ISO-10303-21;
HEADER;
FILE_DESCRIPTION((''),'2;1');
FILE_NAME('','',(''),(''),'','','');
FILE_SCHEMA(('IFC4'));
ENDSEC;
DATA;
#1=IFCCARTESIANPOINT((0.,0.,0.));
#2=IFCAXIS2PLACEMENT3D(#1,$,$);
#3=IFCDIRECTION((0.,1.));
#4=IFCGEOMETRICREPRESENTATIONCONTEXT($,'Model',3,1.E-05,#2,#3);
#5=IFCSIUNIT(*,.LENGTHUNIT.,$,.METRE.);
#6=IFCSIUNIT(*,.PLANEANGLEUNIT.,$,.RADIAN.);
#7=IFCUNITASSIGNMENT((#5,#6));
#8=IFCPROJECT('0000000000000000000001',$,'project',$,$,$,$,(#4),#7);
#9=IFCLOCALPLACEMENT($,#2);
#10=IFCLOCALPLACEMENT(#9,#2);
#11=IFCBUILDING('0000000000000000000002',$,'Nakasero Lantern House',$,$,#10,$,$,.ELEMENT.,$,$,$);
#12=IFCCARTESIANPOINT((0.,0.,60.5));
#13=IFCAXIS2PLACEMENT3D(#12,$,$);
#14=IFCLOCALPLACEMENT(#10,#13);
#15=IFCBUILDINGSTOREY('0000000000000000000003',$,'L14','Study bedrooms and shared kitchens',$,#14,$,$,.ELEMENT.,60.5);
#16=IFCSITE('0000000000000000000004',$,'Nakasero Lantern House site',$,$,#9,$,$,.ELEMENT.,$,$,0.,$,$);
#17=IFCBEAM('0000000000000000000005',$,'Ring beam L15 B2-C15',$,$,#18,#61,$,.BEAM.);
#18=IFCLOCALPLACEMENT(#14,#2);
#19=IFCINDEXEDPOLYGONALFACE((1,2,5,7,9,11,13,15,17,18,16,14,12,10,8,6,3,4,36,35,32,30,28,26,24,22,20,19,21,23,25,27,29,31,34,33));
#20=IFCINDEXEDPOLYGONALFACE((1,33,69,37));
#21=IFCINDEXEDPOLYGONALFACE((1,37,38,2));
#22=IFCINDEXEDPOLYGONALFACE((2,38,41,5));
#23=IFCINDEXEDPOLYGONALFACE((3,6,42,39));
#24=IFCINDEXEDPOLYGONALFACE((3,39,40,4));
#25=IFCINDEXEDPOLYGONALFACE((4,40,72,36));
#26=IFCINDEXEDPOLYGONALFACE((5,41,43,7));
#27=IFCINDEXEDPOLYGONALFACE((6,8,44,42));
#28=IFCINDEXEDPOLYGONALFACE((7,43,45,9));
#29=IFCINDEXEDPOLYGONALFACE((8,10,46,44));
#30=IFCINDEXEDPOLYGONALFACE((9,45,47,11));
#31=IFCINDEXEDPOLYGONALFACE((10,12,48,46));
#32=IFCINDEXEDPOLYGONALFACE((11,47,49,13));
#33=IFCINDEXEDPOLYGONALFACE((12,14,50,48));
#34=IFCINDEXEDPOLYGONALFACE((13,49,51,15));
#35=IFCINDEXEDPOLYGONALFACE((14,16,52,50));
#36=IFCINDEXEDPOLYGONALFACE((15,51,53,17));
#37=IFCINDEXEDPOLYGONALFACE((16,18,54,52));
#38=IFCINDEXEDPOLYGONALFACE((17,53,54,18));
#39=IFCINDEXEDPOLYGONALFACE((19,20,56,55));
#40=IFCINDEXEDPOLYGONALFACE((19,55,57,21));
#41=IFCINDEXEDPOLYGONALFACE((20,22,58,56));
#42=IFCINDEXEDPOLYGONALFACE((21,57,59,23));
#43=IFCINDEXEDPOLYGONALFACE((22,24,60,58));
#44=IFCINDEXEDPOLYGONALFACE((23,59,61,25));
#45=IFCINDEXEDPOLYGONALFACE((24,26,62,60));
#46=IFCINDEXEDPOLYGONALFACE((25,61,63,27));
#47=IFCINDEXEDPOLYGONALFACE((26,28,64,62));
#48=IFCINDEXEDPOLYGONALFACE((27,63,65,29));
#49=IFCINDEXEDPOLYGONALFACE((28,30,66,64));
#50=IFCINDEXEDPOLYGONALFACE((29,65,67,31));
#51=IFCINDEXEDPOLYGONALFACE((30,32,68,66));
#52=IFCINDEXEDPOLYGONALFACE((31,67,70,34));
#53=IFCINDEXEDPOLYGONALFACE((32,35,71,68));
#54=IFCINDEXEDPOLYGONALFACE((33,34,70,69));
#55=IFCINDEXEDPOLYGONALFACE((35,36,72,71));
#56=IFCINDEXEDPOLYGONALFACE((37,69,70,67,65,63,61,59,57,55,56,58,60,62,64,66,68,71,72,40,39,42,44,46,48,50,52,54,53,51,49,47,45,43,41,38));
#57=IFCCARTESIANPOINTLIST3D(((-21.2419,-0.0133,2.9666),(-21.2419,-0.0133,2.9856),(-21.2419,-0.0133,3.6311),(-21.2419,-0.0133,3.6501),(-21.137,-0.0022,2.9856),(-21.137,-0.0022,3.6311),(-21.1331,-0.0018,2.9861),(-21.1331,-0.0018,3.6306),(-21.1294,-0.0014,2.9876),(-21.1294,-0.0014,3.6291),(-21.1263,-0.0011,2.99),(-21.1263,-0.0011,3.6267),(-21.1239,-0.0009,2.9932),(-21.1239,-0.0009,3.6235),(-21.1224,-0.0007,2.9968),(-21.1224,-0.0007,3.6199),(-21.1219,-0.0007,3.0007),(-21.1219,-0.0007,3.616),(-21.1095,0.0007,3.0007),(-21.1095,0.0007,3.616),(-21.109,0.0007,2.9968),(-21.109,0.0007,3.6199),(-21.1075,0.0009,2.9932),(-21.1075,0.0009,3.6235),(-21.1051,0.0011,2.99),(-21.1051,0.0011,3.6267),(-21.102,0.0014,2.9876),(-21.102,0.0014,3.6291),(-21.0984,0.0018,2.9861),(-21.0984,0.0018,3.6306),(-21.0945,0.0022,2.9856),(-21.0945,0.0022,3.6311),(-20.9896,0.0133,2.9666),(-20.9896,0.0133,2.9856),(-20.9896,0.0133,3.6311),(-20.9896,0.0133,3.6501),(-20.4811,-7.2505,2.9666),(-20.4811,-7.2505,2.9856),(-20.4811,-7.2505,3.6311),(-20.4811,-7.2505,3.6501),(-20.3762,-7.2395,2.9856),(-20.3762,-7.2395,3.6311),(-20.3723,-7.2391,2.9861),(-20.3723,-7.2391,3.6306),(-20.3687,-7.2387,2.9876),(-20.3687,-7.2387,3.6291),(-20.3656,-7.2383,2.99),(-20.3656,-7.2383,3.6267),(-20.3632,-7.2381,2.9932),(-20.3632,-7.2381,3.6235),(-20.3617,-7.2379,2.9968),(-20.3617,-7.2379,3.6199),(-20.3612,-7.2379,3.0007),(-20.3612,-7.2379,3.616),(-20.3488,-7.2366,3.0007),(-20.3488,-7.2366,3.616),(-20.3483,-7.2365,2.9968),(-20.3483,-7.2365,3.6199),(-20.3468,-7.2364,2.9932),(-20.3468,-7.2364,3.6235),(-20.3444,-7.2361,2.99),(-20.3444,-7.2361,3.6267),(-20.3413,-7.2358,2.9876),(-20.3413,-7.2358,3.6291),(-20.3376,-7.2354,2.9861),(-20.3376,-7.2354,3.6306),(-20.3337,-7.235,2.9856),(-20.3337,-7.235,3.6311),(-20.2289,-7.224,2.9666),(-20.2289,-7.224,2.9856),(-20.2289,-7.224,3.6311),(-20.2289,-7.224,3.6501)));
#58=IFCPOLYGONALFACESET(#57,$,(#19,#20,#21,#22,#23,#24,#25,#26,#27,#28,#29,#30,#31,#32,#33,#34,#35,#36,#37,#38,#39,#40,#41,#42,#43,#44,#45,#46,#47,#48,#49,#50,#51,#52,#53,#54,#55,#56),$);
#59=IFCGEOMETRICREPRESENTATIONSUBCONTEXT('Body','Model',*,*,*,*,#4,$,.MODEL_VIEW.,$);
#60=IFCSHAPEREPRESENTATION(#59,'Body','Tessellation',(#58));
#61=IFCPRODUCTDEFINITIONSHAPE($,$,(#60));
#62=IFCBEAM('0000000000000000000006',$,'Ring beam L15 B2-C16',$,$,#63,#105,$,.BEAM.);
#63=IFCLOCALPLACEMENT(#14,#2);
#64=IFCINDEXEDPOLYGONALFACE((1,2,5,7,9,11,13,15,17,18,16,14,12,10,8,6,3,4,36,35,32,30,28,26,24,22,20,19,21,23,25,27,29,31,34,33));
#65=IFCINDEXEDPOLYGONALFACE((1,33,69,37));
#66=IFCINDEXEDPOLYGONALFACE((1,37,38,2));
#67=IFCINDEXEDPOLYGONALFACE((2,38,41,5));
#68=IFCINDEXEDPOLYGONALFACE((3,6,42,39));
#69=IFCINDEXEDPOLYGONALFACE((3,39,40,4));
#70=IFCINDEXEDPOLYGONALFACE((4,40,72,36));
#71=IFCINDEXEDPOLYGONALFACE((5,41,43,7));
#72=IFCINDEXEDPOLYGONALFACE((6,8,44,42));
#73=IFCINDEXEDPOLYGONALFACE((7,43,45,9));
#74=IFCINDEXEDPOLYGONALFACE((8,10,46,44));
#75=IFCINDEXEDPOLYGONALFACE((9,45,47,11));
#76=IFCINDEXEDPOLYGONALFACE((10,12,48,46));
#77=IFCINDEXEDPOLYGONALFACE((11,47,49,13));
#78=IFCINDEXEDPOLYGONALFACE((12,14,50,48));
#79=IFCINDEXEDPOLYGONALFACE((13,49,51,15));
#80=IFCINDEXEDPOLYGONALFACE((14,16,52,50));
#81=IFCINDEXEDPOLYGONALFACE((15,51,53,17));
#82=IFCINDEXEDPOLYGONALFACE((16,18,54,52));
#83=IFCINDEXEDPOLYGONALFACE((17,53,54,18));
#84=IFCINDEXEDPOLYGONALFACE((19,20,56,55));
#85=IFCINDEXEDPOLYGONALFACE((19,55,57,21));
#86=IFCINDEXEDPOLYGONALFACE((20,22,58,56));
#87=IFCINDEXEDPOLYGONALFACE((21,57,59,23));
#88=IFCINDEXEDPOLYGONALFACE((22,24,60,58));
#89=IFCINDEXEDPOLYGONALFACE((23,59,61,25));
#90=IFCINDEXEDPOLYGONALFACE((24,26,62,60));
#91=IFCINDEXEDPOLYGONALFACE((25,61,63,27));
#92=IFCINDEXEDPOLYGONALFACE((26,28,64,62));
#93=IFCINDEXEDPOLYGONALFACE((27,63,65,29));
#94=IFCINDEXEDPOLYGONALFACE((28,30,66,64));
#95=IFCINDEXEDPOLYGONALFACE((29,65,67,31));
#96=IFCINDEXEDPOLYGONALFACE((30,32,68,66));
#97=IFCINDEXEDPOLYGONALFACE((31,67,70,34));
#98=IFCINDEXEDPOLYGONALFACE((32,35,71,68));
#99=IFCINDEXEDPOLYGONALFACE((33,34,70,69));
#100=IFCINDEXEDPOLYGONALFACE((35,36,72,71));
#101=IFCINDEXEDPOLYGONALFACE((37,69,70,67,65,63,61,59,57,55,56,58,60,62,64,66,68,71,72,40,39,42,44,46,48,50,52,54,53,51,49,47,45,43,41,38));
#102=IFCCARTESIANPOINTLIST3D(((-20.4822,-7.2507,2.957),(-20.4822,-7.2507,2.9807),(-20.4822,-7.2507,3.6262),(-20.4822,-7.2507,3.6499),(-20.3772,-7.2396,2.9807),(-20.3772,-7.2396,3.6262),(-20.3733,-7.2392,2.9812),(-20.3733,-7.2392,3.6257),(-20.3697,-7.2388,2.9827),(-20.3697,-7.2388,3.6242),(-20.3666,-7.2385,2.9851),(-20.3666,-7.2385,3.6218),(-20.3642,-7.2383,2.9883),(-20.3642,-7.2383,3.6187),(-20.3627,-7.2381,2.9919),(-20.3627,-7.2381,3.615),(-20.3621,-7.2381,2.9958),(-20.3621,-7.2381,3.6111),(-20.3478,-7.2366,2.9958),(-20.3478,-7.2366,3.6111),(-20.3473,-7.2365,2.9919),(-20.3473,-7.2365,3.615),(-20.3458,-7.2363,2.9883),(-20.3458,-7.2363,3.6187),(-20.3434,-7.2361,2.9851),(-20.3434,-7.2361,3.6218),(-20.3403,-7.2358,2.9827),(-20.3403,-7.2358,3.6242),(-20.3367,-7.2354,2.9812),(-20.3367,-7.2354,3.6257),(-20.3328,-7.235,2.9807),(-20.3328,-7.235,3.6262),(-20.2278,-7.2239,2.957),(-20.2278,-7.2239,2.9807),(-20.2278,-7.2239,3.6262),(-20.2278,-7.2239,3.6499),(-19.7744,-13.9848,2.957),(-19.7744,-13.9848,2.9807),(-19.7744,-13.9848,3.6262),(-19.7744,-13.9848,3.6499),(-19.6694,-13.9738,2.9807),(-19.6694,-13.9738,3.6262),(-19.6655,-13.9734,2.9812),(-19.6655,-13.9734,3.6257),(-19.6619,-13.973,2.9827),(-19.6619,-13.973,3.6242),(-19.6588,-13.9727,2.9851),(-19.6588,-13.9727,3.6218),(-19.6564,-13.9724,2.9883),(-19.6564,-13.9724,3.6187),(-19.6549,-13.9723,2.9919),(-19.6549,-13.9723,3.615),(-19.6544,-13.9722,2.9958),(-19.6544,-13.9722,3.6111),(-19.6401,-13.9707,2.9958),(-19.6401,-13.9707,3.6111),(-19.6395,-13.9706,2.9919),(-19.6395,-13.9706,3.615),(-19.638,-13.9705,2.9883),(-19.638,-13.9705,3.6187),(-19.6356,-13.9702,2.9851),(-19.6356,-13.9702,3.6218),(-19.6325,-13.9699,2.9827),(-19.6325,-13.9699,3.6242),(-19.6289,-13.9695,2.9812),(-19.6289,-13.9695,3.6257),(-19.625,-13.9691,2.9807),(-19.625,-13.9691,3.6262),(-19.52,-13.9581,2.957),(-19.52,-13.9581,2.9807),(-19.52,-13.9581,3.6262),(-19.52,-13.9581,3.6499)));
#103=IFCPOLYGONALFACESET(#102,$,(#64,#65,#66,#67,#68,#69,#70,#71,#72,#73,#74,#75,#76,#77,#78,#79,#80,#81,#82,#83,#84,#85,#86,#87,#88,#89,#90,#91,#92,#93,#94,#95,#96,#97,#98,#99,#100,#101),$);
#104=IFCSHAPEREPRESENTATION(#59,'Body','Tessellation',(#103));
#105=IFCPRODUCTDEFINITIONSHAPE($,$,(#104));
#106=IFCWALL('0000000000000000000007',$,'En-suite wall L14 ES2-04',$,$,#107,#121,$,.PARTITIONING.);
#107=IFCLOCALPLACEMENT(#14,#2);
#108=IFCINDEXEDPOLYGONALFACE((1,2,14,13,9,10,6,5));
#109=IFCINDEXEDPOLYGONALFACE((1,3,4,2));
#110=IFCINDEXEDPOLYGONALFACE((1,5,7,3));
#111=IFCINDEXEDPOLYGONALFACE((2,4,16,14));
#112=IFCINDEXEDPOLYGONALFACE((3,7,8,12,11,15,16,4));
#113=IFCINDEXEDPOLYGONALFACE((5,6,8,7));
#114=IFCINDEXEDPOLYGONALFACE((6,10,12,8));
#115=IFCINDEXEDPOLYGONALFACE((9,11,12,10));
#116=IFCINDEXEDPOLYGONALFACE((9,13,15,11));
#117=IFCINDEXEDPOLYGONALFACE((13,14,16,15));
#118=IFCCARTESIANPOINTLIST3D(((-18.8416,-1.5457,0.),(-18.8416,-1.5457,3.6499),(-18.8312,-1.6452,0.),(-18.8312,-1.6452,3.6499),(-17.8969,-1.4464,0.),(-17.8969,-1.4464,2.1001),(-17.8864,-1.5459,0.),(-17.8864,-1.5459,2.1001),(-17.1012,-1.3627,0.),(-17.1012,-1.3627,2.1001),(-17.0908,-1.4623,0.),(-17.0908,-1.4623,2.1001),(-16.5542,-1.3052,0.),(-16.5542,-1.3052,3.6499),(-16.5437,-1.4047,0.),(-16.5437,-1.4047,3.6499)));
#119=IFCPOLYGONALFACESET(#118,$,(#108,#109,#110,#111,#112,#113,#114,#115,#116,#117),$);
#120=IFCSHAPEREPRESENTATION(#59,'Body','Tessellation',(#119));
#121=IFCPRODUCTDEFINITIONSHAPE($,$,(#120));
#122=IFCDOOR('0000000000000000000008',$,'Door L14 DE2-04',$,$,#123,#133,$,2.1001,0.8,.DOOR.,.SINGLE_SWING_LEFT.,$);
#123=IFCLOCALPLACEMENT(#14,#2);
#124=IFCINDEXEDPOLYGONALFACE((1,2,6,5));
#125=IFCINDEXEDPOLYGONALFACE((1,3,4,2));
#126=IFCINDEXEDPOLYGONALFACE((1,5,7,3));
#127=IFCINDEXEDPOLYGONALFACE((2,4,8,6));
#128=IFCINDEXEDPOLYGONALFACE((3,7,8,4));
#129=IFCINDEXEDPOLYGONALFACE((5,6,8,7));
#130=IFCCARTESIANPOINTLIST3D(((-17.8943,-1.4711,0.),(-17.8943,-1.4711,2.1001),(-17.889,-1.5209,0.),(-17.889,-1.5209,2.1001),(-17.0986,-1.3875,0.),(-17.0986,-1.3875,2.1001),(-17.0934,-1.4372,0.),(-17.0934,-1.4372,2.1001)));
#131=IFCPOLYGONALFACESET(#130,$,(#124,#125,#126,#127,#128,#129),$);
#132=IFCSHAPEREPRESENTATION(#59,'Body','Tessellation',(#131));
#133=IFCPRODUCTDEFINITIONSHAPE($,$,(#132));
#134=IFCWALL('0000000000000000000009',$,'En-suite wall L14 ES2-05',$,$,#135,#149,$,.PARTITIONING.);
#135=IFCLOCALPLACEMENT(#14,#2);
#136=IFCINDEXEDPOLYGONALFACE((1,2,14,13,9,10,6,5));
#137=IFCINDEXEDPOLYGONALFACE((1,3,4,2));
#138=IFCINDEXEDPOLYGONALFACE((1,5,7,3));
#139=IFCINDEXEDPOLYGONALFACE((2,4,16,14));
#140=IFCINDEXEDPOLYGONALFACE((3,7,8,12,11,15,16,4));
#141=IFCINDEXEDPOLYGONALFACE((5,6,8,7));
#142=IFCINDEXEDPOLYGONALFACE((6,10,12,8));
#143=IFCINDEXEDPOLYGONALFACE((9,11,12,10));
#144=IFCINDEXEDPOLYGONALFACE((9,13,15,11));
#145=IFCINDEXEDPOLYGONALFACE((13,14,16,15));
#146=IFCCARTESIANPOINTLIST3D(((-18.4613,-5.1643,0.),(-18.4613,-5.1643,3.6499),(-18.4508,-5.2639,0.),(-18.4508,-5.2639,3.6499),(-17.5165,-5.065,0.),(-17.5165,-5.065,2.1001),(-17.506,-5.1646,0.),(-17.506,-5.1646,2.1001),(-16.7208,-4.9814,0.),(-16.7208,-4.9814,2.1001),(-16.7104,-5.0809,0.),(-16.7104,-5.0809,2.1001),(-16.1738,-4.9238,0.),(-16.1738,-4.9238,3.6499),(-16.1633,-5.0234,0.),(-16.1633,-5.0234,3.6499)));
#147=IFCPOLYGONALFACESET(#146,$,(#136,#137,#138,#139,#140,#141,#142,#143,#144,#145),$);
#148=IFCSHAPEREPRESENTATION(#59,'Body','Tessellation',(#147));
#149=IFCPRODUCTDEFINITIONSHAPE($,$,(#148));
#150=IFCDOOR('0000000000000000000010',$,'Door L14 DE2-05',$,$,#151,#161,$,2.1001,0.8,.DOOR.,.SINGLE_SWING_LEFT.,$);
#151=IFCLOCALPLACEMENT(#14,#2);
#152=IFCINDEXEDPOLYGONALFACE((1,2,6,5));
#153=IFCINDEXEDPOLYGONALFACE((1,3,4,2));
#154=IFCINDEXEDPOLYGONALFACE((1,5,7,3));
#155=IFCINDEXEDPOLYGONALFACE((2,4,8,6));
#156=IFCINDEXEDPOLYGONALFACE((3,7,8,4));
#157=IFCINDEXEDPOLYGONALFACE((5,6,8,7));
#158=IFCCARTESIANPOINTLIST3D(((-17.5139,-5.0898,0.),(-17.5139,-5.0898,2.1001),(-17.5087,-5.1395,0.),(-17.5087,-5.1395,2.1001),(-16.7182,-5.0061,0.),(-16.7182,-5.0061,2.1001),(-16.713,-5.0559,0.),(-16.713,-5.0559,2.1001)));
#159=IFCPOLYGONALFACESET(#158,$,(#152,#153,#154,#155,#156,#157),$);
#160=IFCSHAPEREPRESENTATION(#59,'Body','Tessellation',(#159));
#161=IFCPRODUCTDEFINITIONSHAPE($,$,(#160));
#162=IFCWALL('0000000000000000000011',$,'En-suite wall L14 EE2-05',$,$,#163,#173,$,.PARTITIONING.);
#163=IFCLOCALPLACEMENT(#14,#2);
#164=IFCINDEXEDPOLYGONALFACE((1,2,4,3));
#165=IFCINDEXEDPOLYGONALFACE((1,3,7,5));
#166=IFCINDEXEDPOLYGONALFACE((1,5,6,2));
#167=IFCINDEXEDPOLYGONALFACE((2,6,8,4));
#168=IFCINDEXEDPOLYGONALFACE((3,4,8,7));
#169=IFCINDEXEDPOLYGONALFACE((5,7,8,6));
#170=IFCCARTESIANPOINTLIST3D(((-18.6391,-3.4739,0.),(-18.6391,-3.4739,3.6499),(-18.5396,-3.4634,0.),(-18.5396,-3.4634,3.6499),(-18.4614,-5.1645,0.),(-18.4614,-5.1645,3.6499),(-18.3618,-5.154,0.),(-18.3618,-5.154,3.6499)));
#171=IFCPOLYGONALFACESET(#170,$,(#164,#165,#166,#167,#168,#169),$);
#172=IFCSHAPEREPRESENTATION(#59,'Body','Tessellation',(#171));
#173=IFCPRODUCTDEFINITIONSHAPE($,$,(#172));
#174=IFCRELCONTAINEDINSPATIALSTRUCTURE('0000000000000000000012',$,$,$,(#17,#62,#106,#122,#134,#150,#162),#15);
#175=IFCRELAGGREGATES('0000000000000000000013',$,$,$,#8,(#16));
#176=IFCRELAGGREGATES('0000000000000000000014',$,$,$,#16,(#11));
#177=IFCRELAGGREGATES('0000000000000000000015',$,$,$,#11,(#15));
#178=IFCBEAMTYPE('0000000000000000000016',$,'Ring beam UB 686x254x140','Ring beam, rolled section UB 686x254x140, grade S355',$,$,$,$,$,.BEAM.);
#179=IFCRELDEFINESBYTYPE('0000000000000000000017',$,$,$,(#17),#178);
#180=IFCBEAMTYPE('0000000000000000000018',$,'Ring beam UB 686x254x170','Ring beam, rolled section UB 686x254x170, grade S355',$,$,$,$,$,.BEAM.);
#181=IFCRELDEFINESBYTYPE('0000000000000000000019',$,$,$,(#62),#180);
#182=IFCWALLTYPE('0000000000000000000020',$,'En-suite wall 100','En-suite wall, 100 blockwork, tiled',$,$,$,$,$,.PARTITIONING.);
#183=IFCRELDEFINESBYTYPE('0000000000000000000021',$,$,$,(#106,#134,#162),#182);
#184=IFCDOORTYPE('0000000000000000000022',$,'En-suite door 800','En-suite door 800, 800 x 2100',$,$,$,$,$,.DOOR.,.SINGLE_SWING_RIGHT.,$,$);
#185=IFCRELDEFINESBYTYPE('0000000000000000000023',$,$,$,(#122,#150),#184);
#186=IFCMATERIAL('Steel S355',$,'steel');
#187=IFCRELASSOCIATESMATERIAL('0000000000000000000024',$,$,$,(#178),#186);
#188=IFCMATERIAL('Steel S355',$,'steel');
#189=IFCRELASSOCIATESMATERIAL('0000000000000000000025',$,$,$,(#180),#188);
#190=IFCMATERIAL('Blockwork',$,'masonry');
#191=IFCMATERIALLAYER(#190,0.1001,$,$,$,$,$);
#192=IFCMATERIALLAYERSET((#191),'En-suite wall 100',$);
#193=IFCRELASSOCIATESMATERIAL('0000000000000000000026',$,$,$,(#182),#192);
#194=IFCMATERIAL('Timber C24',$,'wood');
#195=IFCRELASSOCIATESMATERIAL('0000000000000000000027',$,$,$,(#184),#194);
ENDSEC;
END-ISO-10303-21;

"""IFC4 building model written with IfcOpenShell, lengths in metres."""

from ifc_helpers import new_model, si_unit, direction, frame, frame_2d, origin, origin_2d, place, context, subcontext, project, spatial, rectangle, i_section, extrude, material, layer, layer_set, material_profile, profile_set, type_object, element, fill, save


model = new_model("IFC4")

# Units and contexts
model_context = context("Model", 3, precision=1e-05, world=origin(), true_north=direction((0.0, 1.0)))
body_context = subcontext(model_context, "Body", "Model", "MODEL_VIEW")
ifc_project = project(units=[si_unit("LENGTHUNIT", "METRE"), si_unit("PLANEANGLEUNIT", "RADIAN")], contexts=[model_context])

# Site, building, storey
site_placement = place(None, origin())
site = spatial("IfcSite", under=ifc_project, at=site_placement, Name="Nakasero Lantern House site", CompositionType="ELEMENT", RefElevation=0.0)
building_placement = place(site_placement, origin())
building = spatial("IfcBuilding", under=site, at=building_placement, Name="Nakasero Lantern House", CompositionType="ELEMENT")
storey_placement = place(building_placement, frame((0.0, 0.0, 60.5)))
storey = spatial("IfcBuildingStorey", under=building, at=storey_placement, Name="L14", Description="Study bedrooms and shared kitchens", CompositionType="ELEMENT", Elevation=60.5)

# Beams
ifc_material_1 = material(Name="Steel S355", Category="steel")
ifc_material_profile_1 = material_profile(ifc_material_1, i_section(OverallWidth=0.2537, OverallDepth=0.6836, WebThickness=0.0125, FlangeThickness=0.019, FilletRadius=0.0151, at=origin_2d()), Name="UB 686x254x140")
ifc_profile_set_1 = profile_set([ifc_material_profile_1], Name="Steel S355")
beam_type_1 = type_object("IfcBeamType", Name="Ring beam UB 686x254x140", Description="Ring beam, rolled section UB 686x254x140, grade S355", PredefinedType="BEAM", material=ifc_profile_set_1)
beam_1_placement = place(storey_placement, frame((-21.1157, 0.0, 3.3083), z_axis=(0.104538, -0.994521, 0.0), x_axis=(0.994521, 0.104538, 0.0)))
element("IfcBeam", 1, at=beam_1_placement, inside=storey, type_object=beam_type_1, Name="Ring beam L15 B2-C15", PredefinedType="BEAM", context=body_context, shape_type="SweptSolid", body=[
    extrude(i_section(OverallWidth=0.2537, OverallDepth=0.6836, WebThickness=0.0125, FlangeThickness=0.019, FilletRadius=0.0151, at=origin_2d()), origin(), (0.0, 0.0, 1.0), 7.2771),
])
ifc_material_2 = material(Name="Steel S355", Category="steel")
ifc_material_profile_2 = material_profile(ifc_material_2, i_section(OverallWidth=0.2559, OverallDepth=0.6929, WebThickness=0.0144, FlangeThickness=0.0237, FilletRadius=0.0151, at=origin_2d()), Name="UB 686x254x170")
ifc_profile_set_2 = profile_set([ifc_material_profile_2], Name="Steel S355")
beam_type_2 = type_object("IfcBeamType", Name="Ring beam UB 686x254x170", Description="Ring beam, rolled section UB 686x254x170, grade S355", PredefinedType="BEAM", material=ifc_profile_set_2)
beam_2_placement = place(storey_placement, frame((-20.355, -7.2373, 3.3035), z_axis=(0.104525, -0.994522, 0.0), x_axis=(0.994522, 0.104525, 0.0)))
element("IfcBeam", 2, at=beam_2_placement, inside=storey, type_object=beam_type_2, Name="Ring beam L15 B2-C16", PredefinedType="BEAM", context=body_context, shape_type="SweptSolid", body=[
    extrude(i_section(OverallWidth=0.2559, OverallDepth=0.6929, WebThickness=0.0144, FlangeThickness=0.0237, FilletRadius=0.0151, at=origin_2d()), origin(), (0.0, 0.0, 1.0), 6.7712),
])

# Walls, openings, doors
ifc_material_3 = material(Name="Blockwork", Category="masonry")
ifc_layer_1 = layer(ifc_material_3, 0.1001)
ifc_layer_set_1 = layer_set([ifc_layer_1], Name="En-suite wall 100")
wall_type_1 = type_object("IfcWallType", Name="En-suite wall 100", Description="En-suite wall, 100 blockwork, tiled", PredefinedType="PARTITIONING", material=ifc_layer_set_1)
wall_1_placement = place(storey_placement, frame((-16.5491, -1.355, 0.0), z_axis=(0.0, 0.0, 1.0), x_axis=(-0.994519, -0.104558, 0.0)))
wall_1 = element("IfcWall", 3, at=wall_1_placement, inside=storey, type_object=wall_type_1, Name="En-suite wall L14 ES2-04", PredefinedType="PARTITIONING", context=body_context, shape_type="SweptSolid", body=[
    extrude(rectangle(XDim=2.3, YDim=0.1001, at=frame_2d((1.1499, 0.0))), origin(), (0.0, 0.0, 1.0), 3.6499),
])
opening_1_placement = place(wall_1_placement, frame((0.55, 0.0, 0.0)))
opening_1 = element("IfcOpeningElement", 4, at=opening_1_placement, cuts=wall_1, PredefinedType="OPENING", context=body_context, shape_type="SweptSolid", body=[
    extrude(rectangle(XDim=0.8, YDim=2.1001, at=frame_2d((0.3999, 1.05))), frame((0.0, 0.0701, 0.0), z_axis=(0.0, -1.0, 0.0), x_axis=(1.0, 0.0, 0.0)), (0.0, 0.0, 1.0), 0.1401),
])
ifc_material_4 = material(Name="Timber C24", Category="wood")
door_type_1 = type_object("IfcDoorType", Name="En-suite door 800", Description="En-suite door 800, 800 x 2100", OperationType="SINGLE_SWING_RIGHT", PredefinedType="DOOR", material=ifc_material_4)
door_1_placement = place(opening_1_placement, origin())
door_1 = element("IfcDoor", 5, at=door_1_placement, inside=storey, type_object=door_type_1, Name="Door L14 DE2-04", OperationType="SINGLE_SWING_LEFT", OverallHeight=2.1001, OverallWidth=0.8, PredefinedType="DOOR", context=body_context, shape_type="SweptSolid", body=[
    extrude(rectangle(XDim=0.8, YDim=2.1001, at=frame_2d((0.3999, 1.05))), frame((0.0, 0.0249, 0.0), z_axis=(0.0, -1.0, 0.0), x_axis=(1.0, 0.0, 0.0)), (0.0, 0.0, 1.0), 0.05),
])
fill(opening_1, door_1)
wall_2_placement = place(storey_placement, frame((-16.1687, -4.9736, 0.0), z_axis=(0.0, 0.0, 1.0), x_axis=(-0.994519, -0.104558, 0.0)))
wall_2 = element("IfcWall", 6, at=wall_2_placement, inside=storey, type_object=wall_type_1, Name="En-suite wall L14 ES2-05", PredefinedType="PARTITIONING", context=body_context, shape_type="SweptSolid", body=[
    extrude(rectangle(XDim=2.3, YDim=0.1001, at=frame_2d((1.1499, 0.0))), origin(), (0.0, 0.0, 1.0), 3.6499),
])
opening_2_placement = place(wall_2_placement, frame((0.55, 0.0, 0.0)))
opening_2 = element("IfcOpeningElement", 7, at=opening_2_placement, cuts=wall_2, PredefinedType="OPENING", context=body_context, shape_type="SweptSolid", body=[
    extrude(rectangle(XDim=0.8, YDim=2.1001, at=frame_2d((0.3999, 1.05))), frame((0.0, 0.0701, 0.0), z_axis=(0.0, -1.0, 0.0), x_axis=(1.0, 0.0, 0.0)), (0.0, 0.0, 1.0), 0.1401),
])
door_2_placement = place(opening_2_placement, origin())
door_2 = element("IfcDoor", 8, at=door_2_placement, inside=storey, type_object=door_type_1, Name="Door L14 DE2-05", OperationType="SINGLE_SWING_LEFT", OverallHeight=2.1001, OverallWidth=0.8, PredefinedType="DOOR", context=body_context, shape_type="SweptSolid", body=[
    extrude(rectangle(XDim=0.8, YDim=2.1001, at=frame_2d((0.3999, 1.05))), frame((0.0, 0.0249, 0.0), z_axis=(0.0, -1.0, 0.0), x_axis=(1.0, 0.0, 0.0)), (0.0, 0.0, 1.0), 0.05),
])
fill(opening_2, door_2)

# Wall
wall_3_placement = place(storey_placement, frame((-18.5894, -3.4685, 0.0), z_axis=(0.0, 0.0, 1.0), x_axis=(0.10455, -0.99452, 0.0)))
element("IfcWall", 9, at=wall_3_placement, inside=storey, type_object=wall_type_1, Name="En-suite wall L14 EE2-05", PredefinedType="PARTITIONING", context=body_context, shape_type="SweptSolid", body=[
    extrude(rectangle(XDim=1.7, YDim=0.1001, at=frame_2d((0.8501, 0.0))), origin(), (0.0, 0.0, 1.0), 3.6499),
])

save(model, "model.ifc")
